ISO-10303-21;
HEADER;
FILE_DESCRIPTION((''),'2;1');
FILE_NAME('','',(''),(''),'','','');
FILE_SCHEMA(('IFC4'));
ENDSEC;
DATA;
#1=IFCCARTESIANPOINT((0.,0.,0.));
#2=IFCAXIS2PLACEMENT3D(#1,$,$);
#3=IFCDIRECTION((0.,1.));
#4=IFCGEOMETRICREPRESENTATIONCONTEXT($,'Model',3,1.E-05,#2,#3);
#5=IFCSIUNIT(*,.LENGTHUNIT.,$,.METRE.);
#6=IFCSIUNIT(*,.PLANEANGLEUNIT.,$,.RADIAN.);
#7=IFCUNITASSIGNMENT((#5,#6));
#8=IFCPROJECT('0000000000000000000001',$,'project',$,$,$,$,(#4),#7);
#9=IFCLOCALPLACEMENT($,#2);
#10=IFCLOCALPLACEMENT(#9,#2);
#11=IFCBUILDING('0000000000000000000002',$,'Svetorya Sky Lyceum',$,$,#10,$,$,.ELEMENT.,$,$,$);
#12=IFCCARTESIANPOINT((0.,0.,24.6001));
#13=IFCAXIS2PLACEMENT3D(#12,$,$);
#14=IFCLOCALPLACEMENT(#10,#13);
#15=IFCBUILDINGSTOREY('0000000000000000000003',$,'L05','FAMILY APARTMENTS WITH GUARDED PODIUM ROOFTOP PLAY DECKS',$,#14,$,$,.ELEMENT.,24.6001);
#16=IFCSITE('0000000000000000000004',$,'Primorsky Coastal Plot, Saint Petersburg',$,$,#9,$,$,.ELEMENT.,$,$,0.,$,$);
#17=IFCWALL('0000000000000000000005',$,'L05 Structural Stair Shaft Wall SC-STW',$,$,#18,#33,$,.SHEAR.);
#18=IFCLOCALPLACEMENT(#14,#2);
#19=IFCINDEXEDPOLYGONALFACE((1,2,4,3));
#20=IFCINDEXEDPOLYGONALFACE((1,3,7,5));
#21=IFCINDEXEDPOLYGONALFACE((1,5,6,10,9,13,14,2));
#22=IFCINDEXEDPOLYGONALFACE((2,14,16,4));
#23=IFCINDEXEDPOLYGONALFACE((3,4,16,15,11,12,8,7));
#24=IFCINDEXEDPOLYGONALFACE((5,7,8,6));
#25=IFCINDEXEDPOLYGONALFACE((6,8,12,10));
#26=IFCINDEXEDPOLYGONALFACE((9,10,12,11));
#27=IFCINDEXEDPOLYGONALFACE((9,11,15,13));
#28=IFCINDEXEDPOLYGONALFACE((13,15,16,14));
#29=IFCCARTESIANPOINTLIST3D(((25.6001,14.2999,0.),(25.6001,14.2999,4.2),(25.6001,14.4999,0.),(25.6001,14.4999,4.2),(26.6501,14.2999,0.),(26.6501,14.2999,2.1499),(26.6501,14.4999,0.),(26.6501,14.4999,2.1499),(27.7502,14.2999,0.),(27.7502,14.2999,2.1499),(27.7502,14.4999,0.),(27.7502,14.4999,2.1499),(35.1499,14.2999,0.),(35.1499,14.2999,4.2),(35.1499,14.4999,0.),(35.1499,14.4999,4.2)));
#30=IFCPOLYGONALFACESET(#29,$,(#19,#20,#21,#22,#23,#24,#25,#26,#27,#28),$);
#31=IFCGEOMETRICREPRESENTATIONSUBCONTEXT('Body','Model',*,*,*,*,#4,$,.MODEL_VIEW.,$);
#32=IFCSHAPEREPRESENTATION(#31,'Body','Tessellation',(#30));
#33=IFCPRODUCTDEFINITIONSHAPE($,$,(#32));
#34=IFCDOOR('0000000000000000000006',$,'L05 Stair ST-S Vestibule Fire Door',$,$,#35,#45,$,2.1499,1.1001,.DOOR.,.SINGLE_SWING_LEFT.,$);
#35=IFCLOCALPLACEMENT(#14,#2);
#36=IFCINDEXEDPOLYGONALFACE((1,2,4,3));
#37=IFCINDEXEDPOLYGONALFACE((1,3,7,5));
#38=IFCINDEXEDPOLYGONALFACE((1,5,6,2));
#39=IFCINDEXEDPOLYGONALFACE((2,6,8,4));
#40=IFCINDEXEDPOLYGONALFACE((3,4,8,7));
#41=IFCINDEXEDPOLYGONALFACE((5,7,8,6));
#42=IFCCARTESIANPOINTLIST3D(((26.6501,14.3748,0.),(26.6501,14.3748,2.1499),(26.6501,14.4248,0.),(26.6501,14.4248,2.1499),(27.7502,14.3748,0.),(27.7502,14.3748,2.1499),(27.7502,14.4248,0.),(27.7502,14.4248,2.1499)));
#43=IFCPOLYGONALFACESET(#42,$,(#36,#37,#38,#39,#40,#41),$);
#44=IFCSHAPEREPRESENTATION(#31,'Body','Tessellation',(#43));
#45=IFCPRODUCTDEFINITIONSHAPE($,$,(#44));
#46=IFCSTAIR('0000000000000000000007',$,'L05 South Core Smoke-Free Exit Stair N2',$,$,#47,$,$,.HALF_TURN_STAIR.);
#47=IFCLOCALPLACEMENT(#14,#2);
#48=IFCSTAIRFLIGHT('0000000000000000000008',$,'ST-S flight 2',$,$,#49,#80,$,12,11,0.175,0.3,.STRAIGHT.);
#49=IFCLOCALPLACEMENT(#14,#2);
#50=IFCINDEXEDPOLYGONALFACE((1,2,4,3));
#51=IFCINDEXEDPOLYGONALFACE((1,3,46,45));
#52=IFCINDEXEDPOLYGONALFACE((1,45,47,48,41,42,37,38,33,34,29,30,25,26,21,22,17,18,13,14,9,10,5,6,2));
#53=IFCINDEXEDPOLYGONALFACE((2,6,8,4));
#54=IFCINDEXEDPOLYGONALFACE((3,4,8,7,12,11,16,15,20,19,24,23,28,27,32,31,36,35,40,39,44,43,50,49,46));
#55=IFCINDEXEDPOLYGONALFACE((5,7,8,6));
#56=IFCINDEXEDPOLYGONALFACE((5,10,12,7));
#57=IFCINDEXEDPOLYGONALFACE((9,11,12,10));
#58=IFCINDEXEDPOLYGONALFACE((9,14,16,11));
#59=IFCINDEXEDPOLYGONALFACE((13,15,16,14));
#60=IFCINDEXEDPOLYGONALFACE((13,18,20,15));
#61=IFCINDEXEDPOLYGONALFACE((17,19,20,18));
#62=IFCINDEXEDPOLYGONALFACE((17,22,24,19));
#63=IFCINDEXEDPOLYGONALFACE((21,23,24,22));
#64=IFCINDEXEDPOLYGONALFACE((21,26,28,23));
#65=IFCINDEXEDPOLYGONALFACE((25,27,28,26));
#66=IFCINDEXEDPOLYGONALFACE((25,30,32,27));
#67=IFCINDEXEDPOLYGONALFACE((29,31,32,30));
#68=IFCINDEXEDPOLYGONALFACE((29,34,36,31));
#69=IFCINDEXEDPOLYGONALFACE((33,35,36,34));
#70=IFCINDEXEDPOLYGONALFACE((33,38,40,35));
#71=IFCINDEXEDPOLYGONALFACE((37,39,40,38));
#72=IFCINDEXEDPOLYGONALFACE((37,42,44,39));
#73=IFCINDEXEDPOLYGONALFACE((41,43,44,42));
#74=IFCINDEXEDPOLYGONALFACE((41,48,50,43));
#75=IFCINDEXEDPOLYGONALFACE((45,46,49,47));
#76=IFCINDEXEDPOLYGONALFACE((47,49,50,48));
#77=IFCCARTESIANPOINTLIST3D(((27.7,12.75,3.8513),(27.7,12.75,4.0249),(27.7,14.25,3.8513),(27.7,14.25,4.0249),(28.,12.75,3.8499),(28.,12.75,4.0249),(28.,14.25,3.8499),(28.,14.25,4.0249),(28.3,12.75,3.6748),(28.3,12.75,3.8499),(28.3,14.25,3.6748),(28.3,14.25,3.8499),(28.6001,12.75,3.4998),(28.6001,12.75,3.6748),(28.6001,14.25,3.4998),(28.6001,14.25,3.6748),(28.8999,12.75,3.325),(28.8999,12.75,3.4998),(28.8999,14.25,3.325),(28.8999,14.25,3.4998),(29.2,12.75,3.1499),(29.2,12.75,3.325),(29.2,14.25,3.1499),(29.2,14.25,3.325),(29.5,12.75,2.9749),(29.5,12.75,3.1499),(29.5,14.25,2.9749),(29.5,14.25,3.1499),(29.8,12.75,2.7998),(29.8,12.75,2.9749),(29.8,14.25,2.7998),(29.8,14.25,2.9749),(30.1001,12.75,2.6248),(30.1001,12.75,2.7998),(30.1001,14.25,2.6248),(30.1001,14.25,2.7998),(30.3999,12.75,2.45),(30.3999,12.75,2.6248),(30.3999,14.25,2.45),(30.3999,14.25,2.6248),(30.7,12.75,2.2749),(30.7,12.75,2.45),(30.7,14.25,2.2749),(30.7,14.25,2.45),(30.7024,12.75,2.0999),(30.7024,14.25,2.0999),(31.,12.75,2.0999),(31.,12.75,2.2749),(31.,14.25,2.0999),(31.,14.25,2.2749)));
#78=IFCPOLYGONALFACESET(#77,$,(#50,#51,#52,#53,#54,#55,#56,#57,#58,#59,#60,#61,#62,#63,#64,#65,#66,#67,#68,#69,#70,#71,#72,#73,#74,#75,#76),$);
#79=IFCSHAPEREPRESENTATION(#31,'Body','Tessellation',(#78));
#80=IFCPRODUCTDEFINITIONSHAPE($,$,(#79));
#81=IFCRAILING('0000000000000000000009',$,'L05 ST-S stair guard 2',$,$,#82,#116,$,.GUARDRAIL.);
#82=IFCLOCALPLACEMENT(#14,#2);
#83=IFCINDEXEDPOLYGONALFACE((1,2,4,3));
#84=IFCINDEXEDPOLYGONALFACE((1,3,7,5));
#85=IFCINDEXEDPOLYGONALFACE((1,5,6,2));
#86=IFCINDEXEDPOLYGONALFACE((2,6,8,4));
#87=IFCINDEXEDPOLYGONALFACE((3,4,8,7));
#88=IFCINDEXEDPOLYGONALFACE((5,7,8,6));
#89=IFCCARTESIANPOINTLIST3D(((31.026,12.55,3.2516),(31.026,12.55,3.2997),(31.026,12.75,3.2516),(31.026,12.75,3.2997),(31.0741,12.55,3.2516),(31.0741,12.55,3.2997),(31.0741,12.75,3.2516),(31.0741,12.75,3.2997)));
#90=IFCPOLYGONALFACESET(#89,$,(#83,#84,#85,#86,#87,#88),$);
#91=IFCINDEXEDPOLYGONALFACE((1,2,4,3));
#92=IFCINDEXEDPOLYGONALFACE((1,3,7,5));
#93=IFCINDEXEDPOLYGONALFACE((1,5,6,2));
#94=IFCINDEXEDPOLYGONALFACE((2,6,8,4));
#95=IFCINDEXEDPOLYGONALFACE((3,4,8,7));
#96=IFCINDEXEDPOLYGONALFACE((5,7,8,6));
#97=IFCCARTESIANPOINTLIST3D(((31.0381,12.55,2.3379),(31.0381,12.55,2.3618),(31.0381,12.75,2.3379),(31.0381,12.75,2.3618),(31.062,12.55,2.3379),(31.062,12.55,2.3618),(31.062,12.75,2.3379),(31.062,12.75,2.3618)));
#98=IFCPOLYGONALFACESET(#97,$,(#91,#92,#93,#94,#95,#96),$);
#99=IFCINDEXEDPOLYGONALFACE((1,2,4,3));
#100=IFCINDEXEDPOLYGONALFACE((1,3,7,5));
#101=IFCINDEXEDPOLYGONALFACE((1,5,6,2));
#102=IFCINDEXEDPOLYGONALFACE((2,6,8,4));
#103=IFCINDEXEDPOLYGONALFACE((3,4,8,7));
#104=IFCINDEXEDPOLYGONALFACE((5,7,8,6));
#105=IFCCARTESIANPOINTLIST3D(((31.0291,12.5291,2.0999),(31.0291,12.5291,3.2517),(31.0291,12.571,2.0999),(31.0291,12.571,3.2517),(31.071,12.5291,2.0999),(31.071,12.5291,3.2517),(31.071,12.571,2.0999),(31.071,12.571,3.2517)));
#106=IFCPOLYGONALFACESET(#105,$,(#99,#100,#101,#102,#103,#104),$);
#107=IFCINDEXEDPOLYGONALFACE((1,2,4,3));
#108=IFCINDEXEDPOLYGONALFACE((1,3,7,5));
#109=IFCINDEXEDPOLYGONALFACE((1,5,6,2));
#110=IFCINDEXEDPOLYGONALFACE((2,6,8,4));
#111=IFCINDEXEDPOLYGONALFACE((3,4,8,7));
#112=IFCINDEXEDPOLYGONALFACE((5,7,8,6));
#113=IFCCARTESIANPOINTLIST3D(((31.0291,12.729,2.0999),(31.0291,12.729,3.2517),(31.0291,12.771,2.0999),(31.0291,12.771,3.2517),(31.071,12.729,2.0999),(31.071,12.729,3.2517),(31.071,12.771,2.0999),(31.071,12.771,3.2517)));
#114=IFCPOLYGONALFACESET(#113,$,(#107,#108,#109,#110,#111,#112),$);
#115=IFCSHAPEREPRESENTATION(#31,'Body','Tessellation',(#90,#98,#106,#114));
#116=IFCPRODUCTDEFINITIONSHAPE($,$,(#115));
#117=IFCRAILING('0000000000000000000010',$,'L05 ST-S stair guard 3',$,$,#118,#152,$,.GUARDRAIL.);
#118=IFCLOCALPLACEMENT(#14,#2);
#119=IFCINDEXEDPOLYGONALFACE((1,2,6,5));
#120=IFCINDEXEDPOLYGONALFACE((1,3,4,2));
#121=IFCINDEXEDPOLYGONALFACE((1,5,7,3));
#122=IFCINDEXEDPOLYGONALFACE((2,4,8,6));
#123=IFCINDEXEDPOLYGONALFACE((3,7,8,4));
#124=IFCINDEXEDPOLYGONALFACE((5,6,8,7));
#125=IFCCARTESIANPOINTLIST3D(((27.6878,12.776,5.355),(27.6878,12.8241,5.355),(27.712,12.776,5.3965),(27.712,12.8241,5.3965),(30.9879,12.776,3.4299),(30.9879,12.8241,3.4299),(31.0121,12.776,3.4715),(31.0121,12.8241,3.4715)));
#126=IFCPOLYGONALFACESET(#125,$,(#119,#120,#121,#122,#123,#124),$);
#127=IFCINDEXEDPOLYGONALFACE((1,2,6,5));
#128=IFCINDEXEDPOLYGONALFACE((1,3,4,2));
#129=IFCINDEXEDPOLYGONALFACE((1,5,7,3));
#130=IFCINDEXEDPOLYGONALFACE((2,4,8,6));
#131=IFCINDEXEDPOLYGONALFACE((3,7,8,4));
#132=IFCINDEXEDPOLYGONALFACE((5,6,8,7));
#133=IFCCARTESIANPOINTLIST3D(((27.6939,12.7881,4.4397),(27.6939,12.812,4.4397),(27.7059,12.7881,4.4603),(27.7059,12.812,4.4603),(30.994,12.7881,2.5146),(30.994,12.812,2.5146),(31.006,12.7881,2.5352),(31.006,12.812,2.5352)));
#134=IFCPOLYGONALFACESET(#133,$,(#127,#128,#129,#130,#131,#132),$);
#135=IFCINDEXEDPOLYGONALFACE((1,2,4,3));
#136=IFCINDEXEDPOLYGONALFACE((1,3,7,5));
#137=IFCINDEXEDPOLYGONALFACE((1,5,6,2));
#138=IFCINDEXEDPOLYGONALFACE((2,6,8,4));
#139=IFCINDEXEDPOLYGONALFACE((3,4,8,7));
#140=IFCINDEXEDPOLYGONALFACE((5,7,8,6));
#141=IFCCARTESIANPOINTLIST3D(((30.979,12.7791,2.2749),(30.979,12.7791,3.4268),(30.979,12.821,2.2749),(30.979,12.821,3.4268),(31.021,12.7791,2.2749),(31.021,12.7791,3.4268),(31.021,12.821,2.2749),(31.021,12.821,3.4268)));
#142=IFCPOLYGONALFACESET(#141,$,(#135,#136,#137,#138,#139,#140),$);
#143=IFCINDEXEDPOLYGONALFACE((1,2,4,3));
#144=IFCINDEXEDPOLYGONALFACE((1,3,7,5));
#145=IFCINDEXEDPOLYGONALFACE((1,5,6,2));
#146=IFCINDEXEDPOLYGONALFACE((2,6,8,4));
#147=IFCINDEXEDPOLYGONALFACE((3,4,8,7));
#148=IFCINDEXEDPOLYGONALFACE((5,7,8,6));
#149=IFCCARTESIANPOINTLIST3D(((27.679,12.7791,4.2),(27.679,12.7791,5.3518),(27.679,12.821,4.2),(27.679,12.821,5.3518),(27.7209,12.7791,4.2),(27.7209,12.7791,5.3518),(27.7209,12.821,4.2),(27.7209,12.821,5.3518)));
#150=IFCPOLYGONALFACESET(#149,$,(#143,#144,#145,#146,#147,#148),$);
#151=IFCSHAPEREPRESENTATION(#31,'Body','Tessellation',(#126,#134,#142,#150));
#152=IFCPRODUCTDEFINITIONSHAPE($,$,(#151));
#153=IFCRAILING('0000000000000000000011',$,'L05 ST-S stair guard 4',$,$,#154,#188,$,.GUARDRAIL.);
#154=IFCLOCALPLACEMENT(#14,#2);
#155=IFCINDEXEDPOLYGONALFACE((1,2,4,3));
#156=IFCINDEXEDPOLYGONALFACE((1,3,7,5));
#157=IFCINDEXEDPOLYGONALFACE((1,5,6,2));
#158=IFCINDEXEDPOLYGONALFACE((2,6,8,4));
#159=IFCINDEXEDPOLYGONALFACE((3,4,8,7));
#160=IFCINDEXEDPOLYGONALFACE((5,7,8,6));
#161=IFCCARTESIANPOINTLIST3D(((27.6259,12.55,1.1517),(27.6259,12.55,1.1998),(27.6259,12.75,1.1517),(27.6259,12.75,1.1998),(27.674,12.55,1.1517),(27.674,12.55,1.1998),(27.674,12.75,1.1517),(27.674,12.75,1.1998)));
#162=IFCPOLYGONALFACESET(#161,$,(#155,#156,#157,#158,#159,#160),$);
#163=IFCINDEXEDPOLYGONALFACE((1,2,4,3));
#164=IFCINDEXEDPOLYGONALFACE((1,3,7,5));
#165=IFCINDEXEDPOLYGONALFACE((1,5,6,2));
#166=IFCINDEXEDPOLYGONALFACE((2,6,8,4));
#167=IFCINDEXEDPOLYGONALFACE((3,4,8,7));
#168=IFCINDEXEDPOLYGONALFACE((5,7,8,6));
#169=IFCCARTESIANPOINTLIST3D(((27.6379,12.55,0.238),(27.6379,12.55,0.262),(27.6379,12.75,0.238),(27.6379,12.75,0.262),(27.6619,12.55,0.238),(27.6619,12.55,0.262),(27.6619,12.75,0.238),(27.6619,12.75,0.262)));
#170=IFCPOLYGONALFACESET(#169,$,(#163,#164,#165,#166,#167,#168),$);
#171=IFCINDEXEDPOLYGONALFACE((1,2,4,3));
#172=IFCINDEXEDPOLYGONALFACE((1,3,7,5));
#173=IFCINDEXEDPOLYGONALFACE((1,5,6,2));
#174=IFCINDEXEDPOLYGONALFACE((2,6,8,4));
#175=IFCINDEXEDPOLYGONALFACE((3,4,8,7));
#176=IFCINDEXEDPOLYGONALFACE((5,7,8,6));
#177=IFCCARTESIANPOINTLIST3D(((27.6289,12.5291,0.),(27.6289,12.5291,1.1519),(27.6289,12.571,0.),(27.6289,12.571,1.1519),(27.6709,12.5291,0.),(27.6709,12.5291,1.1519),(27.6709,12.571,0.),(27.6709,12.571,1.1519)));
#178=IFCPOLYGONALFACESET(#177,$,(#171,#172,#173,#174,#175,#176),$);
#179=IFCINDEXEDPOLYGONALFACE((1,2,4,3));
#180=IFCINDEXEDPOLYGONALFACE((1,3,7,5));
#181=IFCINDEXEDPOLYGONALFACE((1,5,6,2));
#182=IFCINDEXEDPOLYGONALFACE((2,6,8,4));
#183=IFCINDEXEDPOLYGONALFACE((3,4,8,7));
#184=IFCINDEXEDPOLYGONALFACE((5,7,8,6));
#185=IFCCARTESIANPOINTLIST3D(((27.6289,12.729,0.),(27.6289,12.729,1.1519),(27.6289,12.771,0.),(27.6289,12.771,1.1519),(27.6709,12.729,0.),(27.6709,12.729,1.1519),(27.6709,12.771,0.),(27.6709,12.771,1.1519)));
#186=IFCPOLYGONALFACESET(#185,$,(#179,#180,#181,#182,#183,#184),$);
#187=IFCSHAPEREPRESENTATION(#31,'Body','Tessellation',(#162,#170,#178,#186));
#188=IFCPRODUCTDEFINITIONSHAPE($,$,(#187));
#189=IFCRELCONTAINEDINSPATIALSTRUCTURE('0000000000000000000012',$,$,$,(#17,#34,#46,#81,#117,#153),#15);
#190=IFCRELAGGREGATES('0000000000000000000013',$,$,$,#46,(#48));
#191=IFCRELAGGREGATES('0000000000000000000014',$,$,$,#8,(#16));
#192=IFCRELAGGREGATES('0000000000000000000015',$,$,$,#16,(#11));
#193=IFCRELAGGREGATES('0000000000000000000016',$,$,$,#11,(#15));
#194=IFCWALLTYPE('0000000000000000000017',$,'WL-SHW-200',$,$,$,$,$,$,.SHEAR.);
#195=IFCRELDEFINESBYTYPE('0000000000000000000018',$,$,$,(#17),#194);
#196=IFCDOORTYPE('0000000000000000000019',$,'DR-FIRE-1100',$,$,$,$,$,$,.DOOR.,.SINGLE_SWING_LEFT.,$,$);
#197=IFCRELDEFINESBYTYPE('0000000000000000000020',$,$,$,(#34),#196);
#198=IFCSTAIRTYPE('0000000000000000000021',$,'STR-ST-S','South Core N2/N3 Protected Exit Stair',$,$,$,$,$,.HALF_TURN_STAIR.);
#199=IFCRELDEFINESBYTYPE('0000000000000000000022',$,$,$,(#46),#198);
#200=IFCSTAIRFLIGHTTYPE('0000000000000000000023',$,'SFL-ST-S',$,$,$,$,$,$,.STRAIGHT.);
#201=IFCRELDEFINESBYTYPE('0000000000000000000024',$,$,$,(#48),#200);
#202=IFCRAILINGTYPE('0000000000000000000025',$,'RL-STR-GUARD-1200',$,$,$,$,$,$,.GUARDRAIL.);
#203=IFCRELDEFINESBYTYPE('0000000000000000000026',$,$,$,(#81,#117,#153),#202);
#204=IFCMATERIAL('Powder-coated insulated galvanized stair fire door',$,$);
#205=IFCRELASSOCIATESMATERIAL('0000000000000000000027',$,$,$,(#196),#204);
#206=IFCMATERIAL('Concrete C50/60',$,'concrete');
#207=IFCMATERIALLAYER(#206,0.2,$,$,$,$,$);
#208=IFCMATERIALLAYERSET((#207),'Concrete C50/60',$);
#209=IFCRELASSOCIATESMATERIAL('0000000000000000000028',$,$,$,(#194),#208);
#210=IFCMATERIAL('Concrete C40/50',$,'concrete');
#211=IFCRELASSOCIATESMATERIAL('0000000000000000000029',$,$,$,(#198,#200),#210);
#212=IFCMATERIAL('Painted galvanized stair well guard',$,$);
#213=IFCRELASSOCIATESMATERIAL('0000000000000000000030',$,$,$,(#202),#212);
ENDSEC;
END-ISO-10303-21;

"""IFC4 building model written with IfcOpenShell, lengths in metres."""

from ifc_helpers import new_model, si_unit, direction, frame, frame_2d, origin, origin_2d, place, context, subcontext, project, spatial, polyline, rectangle, outline, extrude, material, layer, layer_set, type_object, element, fill, aggregate, save


model = new_model("IFC4")

# Units and contexts
model_context = context("Model", 3, precision=1e-05, world=origin(), true_north=direction((0.0, 1.0)))
body_context = subcontext(model_context, "Body", "Model", "MODEL_VIEW")
ifc_project = project(units=[si_unit("LENGTHUNIT", "METRE"), si_unit("PLANEANGLEUNIT", "RADIAN")], contexts=[model_context])

# Site, building, storey
site_placement = place(None, origin())
site = spatial("IfcSite", under=ifc_project, at=site_placement, Name="Primorsky Coastal Plot, Saint Petersburg", CompositionType="ELEMENT", RefElevation=0.0)
building_placement = place(site_placement, origin())
building = spatial("IfcBuilding", under=site, at=building_placement, Name="Svetorya Sky Lyceum", CompositionType="ELEMENT")
storey_placement = place(building_placement, frame((0.0, 0.0, 24.6001)))
storey = spatial("IfcBuildingStorey", under=building, at=storey_placement, Name="L05", Description="FAMILY APARTMENTS WITH GUARDED PODIUM ROOFTOP PLAY DECKS", CompositionType="ELEMENT", Elevation=24.6001)

# Shared definitions
ifc_material_1 = material(Name="Concrete C50/60", Category="concrete")

# Shared definitions
ifc_material_2 = material(Name="Powder-coated insulated galvanized stair fire door")
door_type_1 = type_object("IfcDoorType", Name="DR-FIRE-1100", OperationType="SINGLE_SWING_LEFT", PredefinedType="DOOR", material=ifc_material_2)

# Wall, opening, door
ifc_layer_1 = layer(ifc_material_1, 0.2)
ifc_layer_set_1 = layer_set([ifc_layer_1], Name="Concrete C50/60")
wall_type_1 = type_object("IfcWallType", Name="WL-SHW-200", PredefinedType="SHEAR", material=ifc_layer_set_1)
wall_1_placement = place(storey_placement, frame((25.6001, 14.3999, 0.0), z_axis=(0.0, 0.0, 1.0), x_axis=(1.0, 0.0, 0.0)))
wall_1 = element("IfcWall", 1, at=wall_1_placement, inside=storey, type_object=wall_type_1, Name="L05 Structural Stair Shaft Wall SC-STW", PredefinedType="SHEAR", context=body_context, shape_type="SweptSolid", body=[
    extrude(rectangle(XDim=9.5498, YDim=0.2, at=frame_2d((4.7749, 0.0))), origin(), (0.0, 0.0, 1.0), 4.2),
])
opening_1_placement = place(wall_1_placement, frame((1.05, 0.0, 0.0)))
opening_1 = element("IfcOpeningElement", 2, at=opening_1_placement, cuts=wall_1, PredefinedType="OPENING", context=body_context, shape_type="SweptSolid", body=[
    extrude(rectangle(XDim=1.1001, YDim=2.1499, at=frame_2d((0.55, 1.075))), frame((0.0, 0.1099, 0.0), z_axis=(0.0, -1.0, 0.0), x_axis=(1.0, 0.0, 0.0)), (0.0, 0.0, 1.0), 0.22),
])
door_1_placement = place(opening_1_placement, origin())
door_1 = element("IfcDoor", 3, at=door_1_placement, inside=storey, type_object=door_type_1, Name="L05 Stair ST-S Vestibule Fire Door", OperationType="SINGLE_SWING_LEFT", OverallHeight=2.1499, OverallWidth=1.1001, PredefinedType="DOOR", context=body_context, shape_type="SweptSolid", body=[
    extrude(rectangle(XDim=1.1001, YDim=2.1499, at=frame_2d((0.55, 1.075))), frame((0.0, 0.0249, 0.0), z_axis=(0.0, -1.0, 0.0), x_axis=(1.0, 0.0, 0.0)), (0.0, 0.0, 1.0), 0.05),
])
fill(opening_1, door_1)

# Stair, stair flight
ifc_material_3 = material(Name="Concrete C40/50", Category="concrete")
stair_type = type_object("IfcStairType", Name="STR-ST-S", Description="South Core N2/N3 Protected Exit Stair", PredefinedType="HALF_TURN_STAIR", material=ifc_material_3)
stair_placement = place(storey_placement, origin())
stair = element("IfcStair", 4, at=stair_placement, inside=storey, type_object=stair_type, Name="L05 South Core Smoke-Free Exit Stair N2", PredefinedType="HALF_TURN_STAIR")
stair_flight_type = type_object("IfcStairFlightType", Name="SFL-ST-S", PredefinedType="STRAIGHT", material=ifc_material_3)
stair_flight_placement = place(storey_placement, frame((31.0, 13.5, 2.0999), z_axis=(0.0, 0.0, 1.0), x_axis=(-1.0, 0.0, 0.0)))
stair_flight = element("IfcStairFlight", 5, at=stair_flight_placement, type_object=stair_flight_type, Name="ST-S flight 2", NumberOfRisers=12, NumberOfTreads=11, PredefinedType="STRAIGHT", RiserHeight=0.175, TreadLength=0.3, context=body_context, shape_type="SweptSolid", body=[
    extrude(outline(polyline([(0.0, 0.0), (0.0, 0.175), (0.3, 0.175), (0.3, 0.3501), (0.6001, 0.3501), (0.6001, 0.5249), (0.8999, 0.5249), (0.8999, 0.7), (1.2, 0.7), (1.2, 0.875), (1.5, 0.875), (1.5, 1.05), (1.8, 1.05), (1.8, 1.2251), (2.1001, 1.2251), (2.1001, 1.3999), (2.3999, 1.3999), (2.3999, 1.575), (2.7, 1.575), (2.7, 1.75), (3.0, 1.75), (3.0, 1.925), (3.3, 1.925), (3.3, 2.1001), (3.3, 1.7515), (0.2976, 0.0), (0.0, 0.0)])), frame((0.0, 0.75, 0.0), z_axis=(0.0, -1.0, 0.0), x_axis=(1.0, 0.0, 0.0)), (0.0, 0.0, 1.0), 1.5),
])
aggregate(stair, [stair_flight])

# Railings
ifc_material_4 = material(Name="Painted galvanized stair well guard")
railing_type_1 = type_object("IfcRailingType", Name="RL-STR-GUARD-1200", PredefinedType="GUARDRAIL", material=ifc_material_4)
railing_1_placement = place(storey_placement, frame((31.05, 12.55, 2.0999)))
element("IfcRailing", 6, at=railing_1_placement, inside=storey, type_object=railing_type_1, Name="L05 ST-S stair guard 2", PredefinedType="GUARDRAIL", context=body_context, shape_type="SweptSolid", body=[
    extrude(rectangle(XDim=0.0481, YDim=0.0481, at=origin_2d()), frame((0.0, 0.0, 1.1758), z_axis=(0.0, 1.0, 0.0), x_axis=(-1.0, 0.0, 0.0)), (0.0, 0.0, 1.0), 0.2),
    extrude(rectangle(XDim=0.0239, YDim=0.0239, at=origin_2d()), frame((0.0, 0.0, 0.25), z_axis=(0.0, 1.0, 0.0), x_axis=(-1.0, 0.0, 0.0)), (0.0, 0.0, 1.0), 0.2),
    extrude(rectangle(XDim=0.042, YDim=0.042, at=origin_2d()), origin(), (0.0, 0.0, 1.0), 1.1519),
    extrude(rectangle(XDim=0.042, YDim=0.042, at=origin_2d()), frame((0.0, 0.2, 0.0)), (0.0, 0.0, 1.0), 1.1519),
])
railing_2_placement = place(storey_placement, frame((31.0, 12.8, 2.2749)))
element("IfcRailing", 7, at=railing_2_placement, inside=storey, type_object=railing_type_1, Name="L05 ST-S stair guard 3", PredefinedType="GUARDRAIL", context=body_context, shape_type="SweptSolid", body=[
    extrude(rectangle(XDim=0.0481, YDim=0.0481, at=origin_2d()), frame((0.0, 0.0, 1.1758), z_axis=(-0.863777, 0.0, 0.503875), x_axis=(0.0, -1.0, 0.0)), (0.0, 0.0, 1.0), 3.8206),
    extrude(rectangle(XDim=0.0239, YDim=0.0239, at=origin_2d()), frame((0.0, 0.0, 0.25), z_axis=(-0.863777, 0.0, 0.503875), x_axis=(0.0, -1.0, 0.0)), (0.0, 0.0, 1.0), 3.8206),
    extrude(rectangle(XDim=0.042, YDim=0.042, at=origin_2d()), origin(), (0.0, 0.0, 1.0), 1.1519),
    extrude(rectangle(XDim=0.042, YDim=0.042, at=origin_2d()), frame((-3.3, 0.0, 1.925)), (0.0, 0.0, 1.0), 1.1519),
])
railing_3_placement = place(storey_placement, frame((27.6499, 12.55, 0.0)))
element("IfcRailing", 8, at=railing_3_placement, inside=storey, type_object=railing_type_1, Name="L05 ST-S stair guard 4", PredefinedType="GUARDRAIL", context=body_context, shape_type="SweptSolid", body=[
    extrude(rectangle(XDim=0.0481, YDim=0.0481, at=origin_2d()), frame((0.0, 0.0, 1.1758), z_axis=(0.0, 1.0, 0.0), x_axis=(-1.0, 0.0, 0.0)), (0.0, 0.0, 1.0), 0.2),
    extrude(rectangle(XDim=0.0239, YDim=0.0239, at=origin_2d()), frame((0.0, 0.0, 0.25), z_axis=(0.0, 1.0, 0.0), x_axis=(-1.0, 0.0, 0.0)), (0.0, 0.0, 1.0), 0.2),
    extrude(rectangle(XDim=0.042, YDim=0.042, at=origin_2d()), origin(), (0.0, 0.0, 1.0), 1.1519),
    extrude(rectangle(XDim=0.042, YDim=0.042, at=origin_2d()), frame((0.0, 0.2, 0.0)), (0.0, 0.0, 1.0), 1.1519),
])

save(model, "model.ifc")
